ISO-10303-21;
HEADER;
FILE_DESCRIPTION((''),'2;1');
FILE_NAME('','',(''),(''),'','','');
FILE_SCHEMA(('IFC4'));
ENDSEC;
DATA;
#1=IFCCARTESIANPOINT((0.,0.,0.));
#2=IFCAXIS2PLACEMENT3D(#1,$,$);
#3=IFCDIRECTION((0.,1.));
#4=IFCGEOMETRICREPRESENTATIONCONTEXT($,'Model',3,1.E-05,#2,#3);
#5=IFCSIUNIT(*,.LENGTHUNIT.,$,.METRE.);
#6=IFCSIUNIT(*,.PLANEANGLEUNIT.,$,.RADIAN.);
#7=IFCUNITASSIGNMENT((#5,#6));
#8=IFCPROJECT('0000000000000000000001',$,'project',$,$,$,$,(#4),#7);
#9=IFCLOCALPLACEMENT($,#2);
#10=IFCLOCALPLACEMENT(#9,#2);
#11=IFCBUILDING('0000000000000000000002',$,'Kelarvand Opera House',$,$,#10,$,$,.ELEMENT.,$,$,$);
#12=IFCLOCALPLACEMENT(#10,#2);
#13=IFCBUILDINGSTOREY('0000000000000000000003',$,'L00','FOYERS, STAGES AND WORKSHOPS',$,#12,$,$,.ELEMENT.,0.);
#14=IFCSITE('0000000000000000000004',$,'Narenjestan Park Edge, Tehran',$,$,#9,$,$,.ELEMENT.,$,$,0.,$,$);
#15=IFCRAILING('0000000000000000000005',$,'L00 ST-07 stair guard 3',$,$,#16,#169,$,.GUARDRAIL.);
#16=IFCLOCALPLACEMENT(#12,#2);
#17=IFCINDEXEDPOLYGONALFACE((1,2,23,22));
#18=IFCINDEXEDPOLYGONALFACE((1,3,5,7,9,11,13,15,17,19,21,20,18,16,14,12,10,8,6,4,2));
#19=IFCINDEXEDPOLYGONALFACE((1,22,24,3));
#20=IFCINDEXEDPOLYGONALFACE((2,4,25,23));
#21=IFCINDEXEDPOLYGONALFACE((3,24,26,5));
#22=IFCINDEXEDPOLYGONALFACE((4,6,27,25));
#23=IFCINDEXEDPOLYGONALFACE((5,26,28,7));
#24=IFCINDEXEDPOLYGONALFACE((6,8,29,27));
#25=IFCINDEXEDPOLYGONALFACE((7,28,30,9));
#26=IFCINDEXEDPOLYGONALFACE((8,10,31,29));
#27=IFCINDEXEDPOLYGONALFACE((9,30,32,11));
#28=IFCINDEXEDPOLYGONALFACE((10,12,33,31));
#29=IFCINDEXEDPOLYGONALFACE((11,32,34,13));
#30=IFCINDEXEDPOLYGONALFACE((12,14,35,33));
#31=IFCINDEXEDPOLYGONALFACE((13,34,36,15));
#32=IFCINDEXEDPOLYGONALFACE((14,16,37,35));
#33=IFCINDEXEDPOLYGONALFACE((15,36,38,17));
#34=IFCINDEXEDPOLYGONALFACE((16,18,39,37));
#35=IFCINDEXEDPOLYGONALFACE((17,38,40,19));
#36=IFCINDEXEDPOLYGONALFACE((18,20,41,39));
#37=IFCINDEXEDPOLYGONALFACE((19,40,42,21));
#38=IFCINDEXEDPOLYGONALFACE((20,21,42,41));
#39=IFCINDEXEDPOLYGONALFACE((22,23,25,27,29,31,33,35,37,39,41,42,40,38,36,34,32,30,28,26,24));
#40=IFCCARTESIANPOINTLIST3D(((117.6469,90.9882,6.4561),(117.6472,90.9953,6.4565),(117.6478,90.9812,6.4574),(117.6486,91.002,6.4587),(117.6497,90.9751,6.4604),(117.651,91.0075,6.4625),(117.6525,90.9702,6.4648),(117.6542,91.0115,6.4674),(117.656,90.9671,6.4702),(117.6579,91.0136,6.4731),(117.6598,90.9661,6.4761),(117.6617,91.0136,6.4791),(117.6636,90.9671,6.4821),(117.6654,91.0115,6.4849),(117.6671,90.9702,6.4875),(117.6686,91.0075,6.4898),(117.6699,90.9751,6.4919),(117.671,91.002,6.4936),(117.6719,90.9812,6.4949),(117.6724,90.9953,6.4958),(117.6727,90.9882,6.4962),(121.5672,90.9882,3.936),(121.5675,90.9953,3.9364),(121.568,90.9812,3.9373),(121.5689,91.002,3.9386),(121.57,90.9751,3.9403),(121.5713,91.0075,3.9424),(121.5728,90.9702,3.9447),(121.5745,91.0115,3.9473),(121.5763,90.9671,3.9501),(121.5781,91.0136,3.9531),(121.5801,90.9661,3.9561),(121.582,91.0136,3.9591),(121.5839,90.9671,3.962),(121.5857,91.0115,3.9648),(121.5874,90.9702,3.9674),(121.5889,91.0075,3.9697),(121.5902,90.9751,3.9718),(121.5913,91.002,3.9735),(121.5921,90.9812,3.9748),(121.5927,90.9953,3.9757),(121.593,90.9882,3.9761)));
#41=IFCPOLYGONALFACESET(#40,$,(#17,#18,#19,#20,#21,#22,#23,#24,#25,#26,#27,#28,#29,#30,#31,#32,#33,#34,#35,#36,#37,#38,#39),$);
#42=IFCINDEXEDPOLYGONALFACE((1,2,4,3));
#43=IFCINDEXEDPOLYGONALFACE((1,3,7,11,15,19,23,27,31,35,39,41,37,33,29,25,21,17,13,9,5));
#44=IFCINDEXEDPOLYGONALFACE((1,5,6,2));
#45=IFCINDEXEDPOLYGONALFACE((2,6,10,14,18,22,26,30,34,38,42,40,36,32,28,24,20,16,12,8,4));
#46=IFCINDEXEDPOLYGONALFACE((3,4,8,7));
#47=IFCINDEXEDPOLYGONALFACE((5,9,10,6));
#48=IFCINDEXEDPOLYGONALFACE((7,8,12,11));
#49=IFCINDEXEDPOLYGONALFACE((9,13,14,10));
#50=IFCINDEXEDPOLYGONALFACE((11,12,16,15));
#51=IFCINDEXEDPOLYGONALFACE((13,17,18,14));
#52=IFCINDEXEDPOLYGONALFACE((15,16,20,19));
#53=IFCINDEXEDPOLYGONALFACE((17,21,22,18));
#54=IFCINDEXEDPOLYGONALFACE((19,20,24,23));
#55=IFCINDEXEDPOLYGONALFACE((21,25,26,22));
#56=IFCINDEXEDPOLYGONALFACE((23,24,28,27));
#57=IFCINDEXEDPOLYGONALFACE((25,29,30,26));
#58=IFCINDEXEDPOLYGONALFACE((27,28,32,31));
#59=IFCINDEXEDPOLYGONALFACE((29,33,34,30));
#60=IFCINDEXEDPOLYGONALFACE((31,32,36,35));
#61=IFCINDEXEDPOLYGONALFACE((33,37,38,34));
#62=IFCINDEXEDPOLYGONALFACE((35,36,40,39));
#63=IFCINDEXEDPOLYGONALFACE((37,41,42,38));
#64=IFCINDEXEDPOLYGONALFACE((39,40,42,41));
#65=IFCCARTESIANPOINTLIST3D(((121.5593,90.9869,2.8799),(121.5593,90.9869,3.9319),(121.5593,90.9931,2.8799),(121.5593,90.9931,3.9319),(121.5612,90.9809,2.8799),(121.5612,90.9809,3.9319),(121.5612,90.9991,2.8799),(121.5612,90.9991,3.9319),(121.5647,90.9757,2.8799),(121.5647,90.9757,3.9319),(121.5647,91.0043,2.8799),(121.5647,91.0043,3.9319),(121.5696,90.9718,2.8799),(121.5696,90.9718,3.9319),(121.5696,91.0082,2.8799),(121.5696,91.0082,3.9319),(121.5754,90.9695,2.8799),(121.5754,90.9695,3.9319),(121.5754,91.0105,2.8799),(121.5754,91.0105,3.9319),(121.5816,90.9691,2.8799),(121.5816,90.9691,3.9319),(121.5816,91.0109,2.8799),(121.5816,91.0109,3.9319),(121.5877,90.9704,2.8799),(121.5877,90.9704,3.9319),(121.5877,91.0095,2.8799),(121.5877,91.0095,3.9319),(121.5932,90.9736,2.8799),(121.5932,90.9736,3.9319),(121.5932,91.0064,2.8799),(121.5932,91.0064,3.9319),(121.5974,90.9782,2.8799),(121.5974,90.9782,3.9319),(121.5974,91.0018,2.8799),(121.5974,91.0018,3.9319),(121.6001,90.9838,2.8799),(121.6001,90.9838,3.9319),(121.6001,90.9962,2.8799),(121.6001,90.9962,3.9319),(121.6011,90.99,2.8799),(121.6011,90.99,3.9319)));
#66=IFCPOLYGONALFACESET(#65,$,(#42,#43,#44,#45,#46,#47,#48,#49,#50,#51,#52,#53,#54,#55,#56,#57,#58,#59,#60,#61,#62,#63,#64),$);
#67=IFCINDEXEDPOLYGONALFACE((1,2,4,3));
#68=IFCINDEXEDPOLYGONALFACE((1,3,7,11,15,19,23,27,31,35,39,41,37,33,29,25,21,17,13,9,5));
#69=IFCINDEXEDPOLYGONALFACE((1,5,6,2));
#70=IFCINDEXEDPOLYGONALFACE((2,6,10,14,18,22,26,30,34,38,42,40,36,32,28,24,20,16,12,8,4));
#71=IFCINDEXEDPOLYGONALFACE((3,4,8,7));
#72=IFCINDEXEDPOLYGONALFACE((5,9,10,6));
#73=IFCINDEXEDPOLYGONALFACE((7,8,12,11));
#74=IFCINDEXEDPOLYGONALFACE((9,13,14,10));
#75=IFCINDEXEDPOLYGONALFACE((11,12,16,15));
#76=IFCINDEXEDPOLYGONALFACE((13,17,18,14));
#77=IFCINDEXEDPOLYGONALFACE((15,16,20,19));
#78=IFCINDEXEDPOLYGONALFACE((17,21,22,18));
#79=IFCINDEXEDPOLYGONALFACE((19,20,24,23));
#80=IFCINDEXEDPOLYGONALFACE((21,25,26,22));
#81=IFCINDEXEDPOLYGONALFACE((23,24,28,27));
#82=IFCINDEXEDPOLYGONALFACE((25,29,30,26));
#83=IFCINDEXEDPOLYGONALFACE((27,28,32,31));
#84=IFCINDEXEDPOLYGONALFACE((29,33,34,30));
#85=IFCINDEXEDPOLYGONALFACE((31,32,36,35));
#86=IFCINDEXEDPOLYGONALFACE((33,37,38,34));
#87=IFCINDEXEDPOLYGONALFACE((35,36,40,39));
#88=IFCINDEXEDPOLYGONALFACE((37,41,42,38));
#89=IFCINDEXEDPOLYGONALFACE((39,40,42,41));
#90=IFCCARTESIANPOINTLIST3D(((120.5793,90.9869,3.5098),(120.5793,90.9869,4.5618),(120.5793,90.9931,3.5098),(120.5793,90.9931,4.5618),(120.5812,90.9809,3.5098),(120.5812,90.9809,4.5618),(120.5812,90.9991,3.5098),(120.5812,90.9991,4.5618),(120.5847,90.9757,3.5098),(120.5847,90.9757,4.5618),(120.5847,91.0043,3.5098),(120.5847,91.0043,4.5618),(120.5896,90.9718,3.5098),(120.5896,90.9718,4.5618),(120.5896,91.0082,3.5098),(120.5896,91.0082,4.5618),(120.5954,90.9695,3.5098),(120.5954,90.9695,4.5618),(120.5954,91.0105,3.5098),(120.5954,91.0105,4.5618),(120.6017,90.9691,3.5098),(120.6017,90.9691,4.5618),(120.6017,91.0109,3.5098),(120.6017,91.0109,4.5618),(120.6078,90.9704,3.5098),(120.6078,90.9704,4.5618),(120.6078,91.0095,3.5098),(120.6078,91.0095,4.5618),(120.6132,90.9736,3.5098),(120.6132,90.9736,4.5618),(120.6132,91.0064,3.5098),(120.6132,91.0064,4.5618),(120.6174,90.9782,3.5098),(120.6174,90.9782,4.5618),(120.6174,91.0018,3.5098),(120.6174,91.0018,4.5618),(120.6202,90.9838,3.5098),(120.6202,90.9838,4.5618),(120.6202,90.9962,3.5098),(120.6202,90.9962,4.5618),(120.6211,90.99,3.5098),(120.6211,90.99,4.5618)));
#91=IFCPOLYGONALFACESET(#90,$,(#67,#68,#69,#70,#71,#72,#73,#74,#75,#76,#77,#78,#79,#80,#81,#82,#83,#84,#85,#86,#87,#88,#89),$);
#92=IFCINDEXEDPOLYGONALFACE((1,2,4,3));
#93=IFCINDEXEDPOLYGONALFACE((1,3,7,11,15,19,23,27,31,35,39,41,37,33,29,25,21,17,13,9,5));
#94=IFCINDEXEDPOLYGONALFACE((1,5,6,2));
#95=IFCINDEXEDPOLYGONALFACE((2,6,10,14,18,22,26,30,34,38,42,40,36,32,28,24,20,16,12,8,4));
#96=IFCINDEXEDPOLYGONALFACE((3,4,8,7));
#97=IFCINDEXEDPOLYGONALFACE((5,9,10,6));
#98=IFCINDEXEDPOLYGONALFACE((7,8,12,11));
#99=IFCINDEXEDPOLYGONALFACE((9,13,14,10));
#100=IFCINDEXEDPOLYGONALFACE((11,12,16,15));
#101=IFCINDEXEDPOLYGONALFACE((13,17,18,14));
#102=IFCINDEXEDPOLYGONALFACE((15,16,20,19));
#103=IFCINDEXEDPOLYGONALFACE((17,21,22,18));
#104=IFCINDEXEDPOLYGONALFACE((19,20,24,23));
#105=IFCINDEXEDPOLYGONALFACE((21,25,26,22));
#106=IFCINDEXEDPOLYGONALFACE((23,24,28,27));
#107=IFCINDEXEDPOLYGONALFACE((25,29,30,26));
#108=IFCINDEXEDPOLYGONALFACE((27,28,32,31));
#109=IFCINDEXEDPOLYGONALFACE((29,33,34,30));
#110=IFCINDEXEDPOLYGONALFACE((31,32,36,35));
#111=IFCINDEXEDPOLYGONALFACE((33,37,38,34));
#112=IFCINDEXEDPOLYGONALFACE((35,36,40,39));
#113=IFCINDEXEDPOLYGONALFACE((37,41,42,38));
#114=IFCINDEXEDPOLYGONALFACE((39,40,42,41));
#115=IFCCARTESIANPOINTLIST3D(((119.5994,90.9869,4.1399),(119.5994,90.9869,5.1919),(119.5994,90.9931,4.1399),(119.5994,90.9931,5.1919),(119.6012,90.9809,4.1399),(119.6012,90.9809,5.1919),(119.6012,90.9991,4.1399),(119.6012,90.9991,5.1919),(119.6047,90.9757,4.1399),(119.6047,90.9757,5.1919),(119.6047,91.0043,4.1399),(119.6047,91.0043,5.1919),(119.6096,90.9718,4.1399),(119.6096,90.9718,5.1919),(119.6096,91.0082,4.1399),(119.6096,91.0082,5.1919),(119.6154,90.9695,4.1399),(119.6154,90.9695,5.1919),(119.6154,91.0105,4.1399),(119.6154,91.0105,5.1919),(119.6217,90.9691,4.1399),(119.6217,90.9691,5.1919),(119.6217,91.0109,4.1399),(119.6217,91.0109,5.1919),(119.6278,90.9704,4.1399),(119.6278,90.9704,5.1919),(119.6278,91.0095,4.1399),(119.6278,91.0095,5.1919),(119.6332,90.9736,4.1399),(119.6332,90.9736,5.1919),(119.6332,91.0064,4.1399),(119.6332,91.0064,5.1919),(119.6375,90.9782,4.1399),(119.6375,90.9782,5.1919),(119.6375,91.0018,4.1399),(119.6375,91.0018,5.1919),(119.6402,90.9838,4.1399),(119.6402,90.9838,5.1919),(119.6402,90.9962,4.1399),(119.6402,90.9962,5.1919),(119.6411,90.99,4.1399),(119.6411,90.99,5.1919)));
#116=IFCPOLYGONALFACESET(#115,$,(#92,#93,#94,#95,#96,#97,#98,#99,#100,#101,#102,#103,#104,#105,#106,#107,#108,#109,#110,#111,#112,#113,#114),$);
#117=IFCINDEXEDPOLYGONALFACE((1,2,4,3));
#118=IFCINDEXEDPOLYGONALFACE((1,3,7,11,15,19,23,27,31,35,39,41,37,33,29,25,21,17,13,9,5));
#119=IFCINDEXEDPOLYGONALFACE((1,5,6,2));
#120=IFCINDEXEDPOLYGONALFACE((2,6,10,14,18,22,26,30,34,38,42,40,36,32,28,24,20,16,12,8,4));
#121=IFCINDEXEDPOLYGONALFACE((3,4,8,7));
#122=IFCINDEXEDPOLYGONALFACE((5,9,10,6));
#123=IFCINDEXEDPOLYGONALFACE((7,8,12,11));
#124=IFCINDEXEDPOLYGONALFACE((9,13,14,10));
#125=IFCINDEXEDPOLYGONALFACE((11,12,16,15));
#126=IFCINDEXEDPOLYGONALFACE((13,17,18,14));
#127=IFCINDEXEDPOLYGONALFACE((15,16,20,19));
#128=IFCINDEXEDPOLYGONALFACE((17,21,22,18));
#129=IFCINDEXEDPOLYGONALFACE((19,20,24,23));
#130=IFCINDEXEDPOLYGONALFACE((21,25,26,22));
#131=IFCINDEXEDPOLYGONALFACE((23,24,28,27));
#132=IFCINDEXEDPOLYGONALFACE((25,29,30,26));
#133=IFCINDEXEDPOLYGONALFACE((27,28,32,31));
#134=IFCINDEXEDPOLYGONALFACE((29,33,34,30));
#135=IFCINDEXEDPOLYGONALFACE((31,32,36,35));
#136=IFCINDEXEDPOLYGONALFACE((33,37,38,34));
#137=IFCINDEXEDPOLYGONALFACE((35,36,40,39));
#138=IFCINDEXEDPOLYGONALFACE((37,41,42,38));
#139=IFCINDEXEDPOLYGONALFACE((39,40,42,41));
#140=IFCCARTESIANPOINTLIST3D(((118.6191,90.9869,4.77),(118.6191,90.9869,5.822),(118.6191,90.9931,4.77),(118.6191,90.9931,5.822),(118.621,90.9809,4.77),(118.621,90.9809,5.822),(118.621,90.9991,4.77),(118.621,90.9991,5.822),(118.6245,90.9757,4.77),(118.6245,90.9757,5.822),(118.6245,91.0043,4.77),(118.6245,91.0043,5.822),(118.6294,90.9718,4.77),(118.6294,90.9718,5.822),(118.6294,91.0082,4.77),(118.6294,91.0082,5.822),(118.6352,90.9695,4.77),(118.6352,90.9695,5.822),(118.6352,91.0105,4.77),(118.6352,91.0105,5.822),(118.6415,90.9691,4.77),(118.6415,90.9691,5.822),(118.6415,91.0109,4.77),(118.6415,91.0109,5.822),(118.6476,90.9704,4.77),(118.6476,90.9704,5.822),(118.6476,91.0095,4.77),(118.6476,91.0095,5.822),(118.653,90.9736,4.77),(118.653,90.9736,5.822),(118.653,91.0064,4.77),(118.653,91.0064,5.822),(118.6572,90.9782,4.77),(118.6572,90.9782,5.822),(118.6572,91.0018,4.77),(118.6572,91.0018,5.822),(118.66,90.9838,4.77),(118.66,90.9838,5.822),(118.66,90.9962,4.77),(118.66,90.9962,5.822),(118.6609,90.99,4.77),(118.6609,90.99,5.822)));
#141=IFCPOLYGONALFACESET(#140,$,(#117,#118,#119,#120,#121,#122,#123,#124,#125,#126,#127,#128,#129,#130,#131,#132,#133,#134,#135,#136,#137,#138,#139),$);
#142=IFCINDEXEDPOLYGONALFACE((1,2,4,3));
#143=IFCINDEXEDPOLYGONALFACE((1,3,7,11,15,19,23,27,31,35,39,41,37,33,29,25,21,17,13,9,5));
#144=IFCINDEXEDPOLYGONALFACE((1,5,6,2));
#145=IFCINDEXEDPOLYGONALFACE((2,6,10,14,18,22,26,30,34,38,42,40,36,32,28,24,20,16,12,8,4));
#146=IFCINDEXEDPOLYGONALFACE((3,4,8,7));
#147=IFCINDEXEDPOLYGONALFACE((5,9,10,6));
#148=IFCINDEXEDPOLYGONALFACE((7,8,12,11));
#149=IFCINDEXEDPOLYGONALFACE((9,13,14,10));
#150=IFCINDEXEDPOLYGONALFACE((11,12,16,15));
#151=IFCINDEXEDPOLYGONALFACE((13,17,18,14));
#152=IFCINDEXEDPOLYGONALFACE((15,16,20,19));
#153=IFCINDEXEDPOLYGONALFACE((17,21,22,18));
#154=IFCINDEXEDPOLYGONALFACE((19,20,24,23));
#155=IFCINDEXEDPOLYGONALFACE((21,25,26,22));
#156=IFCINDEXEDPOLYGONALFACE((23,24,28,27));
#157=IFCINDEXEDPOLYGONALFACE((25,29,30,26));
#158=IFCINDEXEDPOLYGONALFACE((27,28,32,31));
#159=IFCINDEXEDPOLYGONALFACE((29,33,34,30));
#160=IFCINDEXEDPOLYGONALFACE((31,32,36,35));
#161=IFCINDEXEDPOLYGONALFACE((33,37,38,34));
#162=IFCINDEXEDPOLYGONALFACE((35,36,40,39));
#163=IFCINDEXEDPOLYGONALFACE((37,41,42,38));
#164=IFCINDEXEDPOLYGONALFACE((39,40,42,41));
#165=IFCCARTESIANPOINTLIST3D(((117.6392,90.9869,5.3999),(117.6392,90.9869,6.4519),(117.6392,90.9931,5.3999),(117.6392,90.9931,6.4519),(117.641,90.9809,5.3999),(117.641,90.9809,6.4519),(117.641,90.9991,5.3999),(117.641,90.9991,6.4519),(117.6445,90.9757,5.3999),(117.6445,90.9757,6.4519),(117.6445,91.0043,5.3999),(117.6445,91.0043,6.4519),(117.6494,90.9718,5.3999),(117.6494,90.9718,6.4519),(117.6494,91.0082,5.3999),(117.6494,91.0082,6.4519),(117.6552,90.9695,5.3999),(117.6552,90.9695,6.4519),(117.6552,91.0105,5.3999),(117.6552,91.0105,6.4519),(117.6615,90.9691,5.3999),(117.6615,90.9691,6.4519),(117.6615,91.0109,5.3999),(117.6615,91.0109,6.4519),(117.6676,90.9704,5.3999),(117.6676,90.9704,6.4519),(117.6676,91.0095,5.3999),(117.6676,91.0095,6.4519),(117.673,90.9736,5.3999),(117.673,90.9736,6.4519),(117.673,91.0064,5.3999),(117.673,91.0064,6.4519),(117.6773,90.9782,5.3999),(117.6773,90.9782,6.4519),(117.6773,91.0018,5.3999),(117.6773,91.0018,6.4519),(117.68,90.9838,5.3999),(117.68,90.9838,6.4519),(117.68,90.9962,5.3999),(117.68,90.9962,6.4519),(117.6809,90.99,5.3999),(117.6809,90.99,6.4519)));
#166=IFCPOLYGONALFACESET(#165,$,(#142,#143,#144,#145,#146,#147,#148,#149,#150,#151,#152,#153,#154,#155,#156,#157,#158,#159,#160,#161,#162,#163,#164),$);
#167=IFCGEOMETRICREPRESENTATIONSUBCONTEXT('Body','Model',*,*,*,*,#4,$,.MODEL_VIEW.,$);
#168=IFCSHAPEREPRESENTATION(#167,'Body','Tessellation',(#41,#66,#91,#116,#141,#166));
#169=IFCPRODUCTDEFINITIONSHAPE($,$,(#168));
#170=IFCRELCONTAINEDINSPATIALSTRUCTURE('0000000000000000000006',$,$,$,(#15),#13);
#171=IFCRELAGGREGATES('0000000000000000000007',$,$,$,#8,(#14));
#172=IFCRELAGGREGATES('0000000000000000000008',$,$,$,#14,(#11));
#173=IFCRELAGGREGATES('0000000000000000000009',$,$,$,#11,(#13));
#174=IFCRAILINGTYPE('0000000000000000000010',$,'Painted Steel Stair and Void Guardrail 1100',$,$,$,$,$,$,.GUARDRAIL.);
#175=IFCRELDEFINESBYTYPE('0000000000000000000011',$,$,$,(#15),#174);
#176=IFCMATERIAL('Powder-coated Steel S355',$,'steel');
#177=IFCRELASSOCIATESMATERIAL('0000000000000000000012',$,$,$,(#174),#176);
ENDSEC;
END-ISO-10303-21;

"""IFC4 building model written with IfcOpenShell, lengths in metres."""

from ifc_helpers import new_model, si_unit, direction, frame, origin, origin_2d, place, context, subcontext, project, spatial, circle, extrude, material, type_object, element, save


model = new_model("IFC4")

# Units and contexts
model_context = context("Model", 3, precision=1e-05, world=origin(), true_north=direction((0.0, 1.0)))
body_context = subcontext(model_context, "Body", "Model", "MODEL_VIEW")
ifc_project = project(units=[si_unit("LENGTHUNIT", "METRE"), si_unit("PLANEANGLEUNIT", "RADIAN")], contexts=[model_context])

# Site, building, storey
site_placement = place(None, origin())
site = spatial("IfcSite", under=ifc_project, at=site_placement, Name="Narenjestan Park Edge, Tehran", CompositionType="ELEMENT", RefElevation=0.0)
building_placement = place(site_placement, origin())
building = spatial("IfcBuilding", under=site, at=building_placement, Name="Kelarvand Opera House", CompositionType="ELEMENT")
storey_placement = place(building_placement, origin())
storey = spatial("IfcBuildingStorey", under=building, at=storey_placement, Name="L00", Description="FOYERS, STAGES AND WORKSHOPS", CompositionType="ELEMENT", Elevation=0.0)

# Railing
ifc_material_1 = material(Name="Powder-coated Steel S355", Category="steel")
railing_type_1 = type_object("IfcRailingType", Name="Painted Steel Stair and Void Guardrail 1100", PredefinedType="GUARDRAIL", material=ifc_material_1)
railing_1_placement = place(storey_placement, frame((121.5801, 90.99, 2.8799)))
element("IfcRailing", 1, at=railing_1_placement, inside=storey, type_object=railing_type_1, Name="L00 ST-07 stair guard 3", PredefinedType="GUARDRAIL", context=body_context, shape_type="SweptSolid", body=[
    extrude(circle(Radius=0.0239, at=origin_2d()), frame((0.0, 0.0, 1.0762), z_axis=(-0.841187, 0.0, 0.540744), x_axis=(0.0, -1.0, 0.0)), (0.0, 0.0, 1.0), 4.6604),
    extrude(circle(Radius=0.021, at=origin_2d()), origin(), (0.0, 0.0, 1.0), 1.052),
    extrude(circle(Radius=0.021, at=origin_2d()), frame((-0.98, 0.0, 0.6299)), (0.0, 0.0, 1.0), 1.052),
    extrude(circle(Radius=0.021, at=origin_2d()), frame((-1.96, 0.0, 1.26)), (0.0, 0.0, 1.0), 1.052),
    extrude(circle(Radius=0.021, at=origin_2d()), frame((-2.9402, 0.0, 1.8901)), (0.0, 0.0, 1.0), 1.052),
    extrude(circle(Radius=0.021, at=origin_2d()), frame((-3.9202, 0.0, 2.52)), (0.0, 0.0, 1.0), 1.052),
])

save(model, "model.ifc")
